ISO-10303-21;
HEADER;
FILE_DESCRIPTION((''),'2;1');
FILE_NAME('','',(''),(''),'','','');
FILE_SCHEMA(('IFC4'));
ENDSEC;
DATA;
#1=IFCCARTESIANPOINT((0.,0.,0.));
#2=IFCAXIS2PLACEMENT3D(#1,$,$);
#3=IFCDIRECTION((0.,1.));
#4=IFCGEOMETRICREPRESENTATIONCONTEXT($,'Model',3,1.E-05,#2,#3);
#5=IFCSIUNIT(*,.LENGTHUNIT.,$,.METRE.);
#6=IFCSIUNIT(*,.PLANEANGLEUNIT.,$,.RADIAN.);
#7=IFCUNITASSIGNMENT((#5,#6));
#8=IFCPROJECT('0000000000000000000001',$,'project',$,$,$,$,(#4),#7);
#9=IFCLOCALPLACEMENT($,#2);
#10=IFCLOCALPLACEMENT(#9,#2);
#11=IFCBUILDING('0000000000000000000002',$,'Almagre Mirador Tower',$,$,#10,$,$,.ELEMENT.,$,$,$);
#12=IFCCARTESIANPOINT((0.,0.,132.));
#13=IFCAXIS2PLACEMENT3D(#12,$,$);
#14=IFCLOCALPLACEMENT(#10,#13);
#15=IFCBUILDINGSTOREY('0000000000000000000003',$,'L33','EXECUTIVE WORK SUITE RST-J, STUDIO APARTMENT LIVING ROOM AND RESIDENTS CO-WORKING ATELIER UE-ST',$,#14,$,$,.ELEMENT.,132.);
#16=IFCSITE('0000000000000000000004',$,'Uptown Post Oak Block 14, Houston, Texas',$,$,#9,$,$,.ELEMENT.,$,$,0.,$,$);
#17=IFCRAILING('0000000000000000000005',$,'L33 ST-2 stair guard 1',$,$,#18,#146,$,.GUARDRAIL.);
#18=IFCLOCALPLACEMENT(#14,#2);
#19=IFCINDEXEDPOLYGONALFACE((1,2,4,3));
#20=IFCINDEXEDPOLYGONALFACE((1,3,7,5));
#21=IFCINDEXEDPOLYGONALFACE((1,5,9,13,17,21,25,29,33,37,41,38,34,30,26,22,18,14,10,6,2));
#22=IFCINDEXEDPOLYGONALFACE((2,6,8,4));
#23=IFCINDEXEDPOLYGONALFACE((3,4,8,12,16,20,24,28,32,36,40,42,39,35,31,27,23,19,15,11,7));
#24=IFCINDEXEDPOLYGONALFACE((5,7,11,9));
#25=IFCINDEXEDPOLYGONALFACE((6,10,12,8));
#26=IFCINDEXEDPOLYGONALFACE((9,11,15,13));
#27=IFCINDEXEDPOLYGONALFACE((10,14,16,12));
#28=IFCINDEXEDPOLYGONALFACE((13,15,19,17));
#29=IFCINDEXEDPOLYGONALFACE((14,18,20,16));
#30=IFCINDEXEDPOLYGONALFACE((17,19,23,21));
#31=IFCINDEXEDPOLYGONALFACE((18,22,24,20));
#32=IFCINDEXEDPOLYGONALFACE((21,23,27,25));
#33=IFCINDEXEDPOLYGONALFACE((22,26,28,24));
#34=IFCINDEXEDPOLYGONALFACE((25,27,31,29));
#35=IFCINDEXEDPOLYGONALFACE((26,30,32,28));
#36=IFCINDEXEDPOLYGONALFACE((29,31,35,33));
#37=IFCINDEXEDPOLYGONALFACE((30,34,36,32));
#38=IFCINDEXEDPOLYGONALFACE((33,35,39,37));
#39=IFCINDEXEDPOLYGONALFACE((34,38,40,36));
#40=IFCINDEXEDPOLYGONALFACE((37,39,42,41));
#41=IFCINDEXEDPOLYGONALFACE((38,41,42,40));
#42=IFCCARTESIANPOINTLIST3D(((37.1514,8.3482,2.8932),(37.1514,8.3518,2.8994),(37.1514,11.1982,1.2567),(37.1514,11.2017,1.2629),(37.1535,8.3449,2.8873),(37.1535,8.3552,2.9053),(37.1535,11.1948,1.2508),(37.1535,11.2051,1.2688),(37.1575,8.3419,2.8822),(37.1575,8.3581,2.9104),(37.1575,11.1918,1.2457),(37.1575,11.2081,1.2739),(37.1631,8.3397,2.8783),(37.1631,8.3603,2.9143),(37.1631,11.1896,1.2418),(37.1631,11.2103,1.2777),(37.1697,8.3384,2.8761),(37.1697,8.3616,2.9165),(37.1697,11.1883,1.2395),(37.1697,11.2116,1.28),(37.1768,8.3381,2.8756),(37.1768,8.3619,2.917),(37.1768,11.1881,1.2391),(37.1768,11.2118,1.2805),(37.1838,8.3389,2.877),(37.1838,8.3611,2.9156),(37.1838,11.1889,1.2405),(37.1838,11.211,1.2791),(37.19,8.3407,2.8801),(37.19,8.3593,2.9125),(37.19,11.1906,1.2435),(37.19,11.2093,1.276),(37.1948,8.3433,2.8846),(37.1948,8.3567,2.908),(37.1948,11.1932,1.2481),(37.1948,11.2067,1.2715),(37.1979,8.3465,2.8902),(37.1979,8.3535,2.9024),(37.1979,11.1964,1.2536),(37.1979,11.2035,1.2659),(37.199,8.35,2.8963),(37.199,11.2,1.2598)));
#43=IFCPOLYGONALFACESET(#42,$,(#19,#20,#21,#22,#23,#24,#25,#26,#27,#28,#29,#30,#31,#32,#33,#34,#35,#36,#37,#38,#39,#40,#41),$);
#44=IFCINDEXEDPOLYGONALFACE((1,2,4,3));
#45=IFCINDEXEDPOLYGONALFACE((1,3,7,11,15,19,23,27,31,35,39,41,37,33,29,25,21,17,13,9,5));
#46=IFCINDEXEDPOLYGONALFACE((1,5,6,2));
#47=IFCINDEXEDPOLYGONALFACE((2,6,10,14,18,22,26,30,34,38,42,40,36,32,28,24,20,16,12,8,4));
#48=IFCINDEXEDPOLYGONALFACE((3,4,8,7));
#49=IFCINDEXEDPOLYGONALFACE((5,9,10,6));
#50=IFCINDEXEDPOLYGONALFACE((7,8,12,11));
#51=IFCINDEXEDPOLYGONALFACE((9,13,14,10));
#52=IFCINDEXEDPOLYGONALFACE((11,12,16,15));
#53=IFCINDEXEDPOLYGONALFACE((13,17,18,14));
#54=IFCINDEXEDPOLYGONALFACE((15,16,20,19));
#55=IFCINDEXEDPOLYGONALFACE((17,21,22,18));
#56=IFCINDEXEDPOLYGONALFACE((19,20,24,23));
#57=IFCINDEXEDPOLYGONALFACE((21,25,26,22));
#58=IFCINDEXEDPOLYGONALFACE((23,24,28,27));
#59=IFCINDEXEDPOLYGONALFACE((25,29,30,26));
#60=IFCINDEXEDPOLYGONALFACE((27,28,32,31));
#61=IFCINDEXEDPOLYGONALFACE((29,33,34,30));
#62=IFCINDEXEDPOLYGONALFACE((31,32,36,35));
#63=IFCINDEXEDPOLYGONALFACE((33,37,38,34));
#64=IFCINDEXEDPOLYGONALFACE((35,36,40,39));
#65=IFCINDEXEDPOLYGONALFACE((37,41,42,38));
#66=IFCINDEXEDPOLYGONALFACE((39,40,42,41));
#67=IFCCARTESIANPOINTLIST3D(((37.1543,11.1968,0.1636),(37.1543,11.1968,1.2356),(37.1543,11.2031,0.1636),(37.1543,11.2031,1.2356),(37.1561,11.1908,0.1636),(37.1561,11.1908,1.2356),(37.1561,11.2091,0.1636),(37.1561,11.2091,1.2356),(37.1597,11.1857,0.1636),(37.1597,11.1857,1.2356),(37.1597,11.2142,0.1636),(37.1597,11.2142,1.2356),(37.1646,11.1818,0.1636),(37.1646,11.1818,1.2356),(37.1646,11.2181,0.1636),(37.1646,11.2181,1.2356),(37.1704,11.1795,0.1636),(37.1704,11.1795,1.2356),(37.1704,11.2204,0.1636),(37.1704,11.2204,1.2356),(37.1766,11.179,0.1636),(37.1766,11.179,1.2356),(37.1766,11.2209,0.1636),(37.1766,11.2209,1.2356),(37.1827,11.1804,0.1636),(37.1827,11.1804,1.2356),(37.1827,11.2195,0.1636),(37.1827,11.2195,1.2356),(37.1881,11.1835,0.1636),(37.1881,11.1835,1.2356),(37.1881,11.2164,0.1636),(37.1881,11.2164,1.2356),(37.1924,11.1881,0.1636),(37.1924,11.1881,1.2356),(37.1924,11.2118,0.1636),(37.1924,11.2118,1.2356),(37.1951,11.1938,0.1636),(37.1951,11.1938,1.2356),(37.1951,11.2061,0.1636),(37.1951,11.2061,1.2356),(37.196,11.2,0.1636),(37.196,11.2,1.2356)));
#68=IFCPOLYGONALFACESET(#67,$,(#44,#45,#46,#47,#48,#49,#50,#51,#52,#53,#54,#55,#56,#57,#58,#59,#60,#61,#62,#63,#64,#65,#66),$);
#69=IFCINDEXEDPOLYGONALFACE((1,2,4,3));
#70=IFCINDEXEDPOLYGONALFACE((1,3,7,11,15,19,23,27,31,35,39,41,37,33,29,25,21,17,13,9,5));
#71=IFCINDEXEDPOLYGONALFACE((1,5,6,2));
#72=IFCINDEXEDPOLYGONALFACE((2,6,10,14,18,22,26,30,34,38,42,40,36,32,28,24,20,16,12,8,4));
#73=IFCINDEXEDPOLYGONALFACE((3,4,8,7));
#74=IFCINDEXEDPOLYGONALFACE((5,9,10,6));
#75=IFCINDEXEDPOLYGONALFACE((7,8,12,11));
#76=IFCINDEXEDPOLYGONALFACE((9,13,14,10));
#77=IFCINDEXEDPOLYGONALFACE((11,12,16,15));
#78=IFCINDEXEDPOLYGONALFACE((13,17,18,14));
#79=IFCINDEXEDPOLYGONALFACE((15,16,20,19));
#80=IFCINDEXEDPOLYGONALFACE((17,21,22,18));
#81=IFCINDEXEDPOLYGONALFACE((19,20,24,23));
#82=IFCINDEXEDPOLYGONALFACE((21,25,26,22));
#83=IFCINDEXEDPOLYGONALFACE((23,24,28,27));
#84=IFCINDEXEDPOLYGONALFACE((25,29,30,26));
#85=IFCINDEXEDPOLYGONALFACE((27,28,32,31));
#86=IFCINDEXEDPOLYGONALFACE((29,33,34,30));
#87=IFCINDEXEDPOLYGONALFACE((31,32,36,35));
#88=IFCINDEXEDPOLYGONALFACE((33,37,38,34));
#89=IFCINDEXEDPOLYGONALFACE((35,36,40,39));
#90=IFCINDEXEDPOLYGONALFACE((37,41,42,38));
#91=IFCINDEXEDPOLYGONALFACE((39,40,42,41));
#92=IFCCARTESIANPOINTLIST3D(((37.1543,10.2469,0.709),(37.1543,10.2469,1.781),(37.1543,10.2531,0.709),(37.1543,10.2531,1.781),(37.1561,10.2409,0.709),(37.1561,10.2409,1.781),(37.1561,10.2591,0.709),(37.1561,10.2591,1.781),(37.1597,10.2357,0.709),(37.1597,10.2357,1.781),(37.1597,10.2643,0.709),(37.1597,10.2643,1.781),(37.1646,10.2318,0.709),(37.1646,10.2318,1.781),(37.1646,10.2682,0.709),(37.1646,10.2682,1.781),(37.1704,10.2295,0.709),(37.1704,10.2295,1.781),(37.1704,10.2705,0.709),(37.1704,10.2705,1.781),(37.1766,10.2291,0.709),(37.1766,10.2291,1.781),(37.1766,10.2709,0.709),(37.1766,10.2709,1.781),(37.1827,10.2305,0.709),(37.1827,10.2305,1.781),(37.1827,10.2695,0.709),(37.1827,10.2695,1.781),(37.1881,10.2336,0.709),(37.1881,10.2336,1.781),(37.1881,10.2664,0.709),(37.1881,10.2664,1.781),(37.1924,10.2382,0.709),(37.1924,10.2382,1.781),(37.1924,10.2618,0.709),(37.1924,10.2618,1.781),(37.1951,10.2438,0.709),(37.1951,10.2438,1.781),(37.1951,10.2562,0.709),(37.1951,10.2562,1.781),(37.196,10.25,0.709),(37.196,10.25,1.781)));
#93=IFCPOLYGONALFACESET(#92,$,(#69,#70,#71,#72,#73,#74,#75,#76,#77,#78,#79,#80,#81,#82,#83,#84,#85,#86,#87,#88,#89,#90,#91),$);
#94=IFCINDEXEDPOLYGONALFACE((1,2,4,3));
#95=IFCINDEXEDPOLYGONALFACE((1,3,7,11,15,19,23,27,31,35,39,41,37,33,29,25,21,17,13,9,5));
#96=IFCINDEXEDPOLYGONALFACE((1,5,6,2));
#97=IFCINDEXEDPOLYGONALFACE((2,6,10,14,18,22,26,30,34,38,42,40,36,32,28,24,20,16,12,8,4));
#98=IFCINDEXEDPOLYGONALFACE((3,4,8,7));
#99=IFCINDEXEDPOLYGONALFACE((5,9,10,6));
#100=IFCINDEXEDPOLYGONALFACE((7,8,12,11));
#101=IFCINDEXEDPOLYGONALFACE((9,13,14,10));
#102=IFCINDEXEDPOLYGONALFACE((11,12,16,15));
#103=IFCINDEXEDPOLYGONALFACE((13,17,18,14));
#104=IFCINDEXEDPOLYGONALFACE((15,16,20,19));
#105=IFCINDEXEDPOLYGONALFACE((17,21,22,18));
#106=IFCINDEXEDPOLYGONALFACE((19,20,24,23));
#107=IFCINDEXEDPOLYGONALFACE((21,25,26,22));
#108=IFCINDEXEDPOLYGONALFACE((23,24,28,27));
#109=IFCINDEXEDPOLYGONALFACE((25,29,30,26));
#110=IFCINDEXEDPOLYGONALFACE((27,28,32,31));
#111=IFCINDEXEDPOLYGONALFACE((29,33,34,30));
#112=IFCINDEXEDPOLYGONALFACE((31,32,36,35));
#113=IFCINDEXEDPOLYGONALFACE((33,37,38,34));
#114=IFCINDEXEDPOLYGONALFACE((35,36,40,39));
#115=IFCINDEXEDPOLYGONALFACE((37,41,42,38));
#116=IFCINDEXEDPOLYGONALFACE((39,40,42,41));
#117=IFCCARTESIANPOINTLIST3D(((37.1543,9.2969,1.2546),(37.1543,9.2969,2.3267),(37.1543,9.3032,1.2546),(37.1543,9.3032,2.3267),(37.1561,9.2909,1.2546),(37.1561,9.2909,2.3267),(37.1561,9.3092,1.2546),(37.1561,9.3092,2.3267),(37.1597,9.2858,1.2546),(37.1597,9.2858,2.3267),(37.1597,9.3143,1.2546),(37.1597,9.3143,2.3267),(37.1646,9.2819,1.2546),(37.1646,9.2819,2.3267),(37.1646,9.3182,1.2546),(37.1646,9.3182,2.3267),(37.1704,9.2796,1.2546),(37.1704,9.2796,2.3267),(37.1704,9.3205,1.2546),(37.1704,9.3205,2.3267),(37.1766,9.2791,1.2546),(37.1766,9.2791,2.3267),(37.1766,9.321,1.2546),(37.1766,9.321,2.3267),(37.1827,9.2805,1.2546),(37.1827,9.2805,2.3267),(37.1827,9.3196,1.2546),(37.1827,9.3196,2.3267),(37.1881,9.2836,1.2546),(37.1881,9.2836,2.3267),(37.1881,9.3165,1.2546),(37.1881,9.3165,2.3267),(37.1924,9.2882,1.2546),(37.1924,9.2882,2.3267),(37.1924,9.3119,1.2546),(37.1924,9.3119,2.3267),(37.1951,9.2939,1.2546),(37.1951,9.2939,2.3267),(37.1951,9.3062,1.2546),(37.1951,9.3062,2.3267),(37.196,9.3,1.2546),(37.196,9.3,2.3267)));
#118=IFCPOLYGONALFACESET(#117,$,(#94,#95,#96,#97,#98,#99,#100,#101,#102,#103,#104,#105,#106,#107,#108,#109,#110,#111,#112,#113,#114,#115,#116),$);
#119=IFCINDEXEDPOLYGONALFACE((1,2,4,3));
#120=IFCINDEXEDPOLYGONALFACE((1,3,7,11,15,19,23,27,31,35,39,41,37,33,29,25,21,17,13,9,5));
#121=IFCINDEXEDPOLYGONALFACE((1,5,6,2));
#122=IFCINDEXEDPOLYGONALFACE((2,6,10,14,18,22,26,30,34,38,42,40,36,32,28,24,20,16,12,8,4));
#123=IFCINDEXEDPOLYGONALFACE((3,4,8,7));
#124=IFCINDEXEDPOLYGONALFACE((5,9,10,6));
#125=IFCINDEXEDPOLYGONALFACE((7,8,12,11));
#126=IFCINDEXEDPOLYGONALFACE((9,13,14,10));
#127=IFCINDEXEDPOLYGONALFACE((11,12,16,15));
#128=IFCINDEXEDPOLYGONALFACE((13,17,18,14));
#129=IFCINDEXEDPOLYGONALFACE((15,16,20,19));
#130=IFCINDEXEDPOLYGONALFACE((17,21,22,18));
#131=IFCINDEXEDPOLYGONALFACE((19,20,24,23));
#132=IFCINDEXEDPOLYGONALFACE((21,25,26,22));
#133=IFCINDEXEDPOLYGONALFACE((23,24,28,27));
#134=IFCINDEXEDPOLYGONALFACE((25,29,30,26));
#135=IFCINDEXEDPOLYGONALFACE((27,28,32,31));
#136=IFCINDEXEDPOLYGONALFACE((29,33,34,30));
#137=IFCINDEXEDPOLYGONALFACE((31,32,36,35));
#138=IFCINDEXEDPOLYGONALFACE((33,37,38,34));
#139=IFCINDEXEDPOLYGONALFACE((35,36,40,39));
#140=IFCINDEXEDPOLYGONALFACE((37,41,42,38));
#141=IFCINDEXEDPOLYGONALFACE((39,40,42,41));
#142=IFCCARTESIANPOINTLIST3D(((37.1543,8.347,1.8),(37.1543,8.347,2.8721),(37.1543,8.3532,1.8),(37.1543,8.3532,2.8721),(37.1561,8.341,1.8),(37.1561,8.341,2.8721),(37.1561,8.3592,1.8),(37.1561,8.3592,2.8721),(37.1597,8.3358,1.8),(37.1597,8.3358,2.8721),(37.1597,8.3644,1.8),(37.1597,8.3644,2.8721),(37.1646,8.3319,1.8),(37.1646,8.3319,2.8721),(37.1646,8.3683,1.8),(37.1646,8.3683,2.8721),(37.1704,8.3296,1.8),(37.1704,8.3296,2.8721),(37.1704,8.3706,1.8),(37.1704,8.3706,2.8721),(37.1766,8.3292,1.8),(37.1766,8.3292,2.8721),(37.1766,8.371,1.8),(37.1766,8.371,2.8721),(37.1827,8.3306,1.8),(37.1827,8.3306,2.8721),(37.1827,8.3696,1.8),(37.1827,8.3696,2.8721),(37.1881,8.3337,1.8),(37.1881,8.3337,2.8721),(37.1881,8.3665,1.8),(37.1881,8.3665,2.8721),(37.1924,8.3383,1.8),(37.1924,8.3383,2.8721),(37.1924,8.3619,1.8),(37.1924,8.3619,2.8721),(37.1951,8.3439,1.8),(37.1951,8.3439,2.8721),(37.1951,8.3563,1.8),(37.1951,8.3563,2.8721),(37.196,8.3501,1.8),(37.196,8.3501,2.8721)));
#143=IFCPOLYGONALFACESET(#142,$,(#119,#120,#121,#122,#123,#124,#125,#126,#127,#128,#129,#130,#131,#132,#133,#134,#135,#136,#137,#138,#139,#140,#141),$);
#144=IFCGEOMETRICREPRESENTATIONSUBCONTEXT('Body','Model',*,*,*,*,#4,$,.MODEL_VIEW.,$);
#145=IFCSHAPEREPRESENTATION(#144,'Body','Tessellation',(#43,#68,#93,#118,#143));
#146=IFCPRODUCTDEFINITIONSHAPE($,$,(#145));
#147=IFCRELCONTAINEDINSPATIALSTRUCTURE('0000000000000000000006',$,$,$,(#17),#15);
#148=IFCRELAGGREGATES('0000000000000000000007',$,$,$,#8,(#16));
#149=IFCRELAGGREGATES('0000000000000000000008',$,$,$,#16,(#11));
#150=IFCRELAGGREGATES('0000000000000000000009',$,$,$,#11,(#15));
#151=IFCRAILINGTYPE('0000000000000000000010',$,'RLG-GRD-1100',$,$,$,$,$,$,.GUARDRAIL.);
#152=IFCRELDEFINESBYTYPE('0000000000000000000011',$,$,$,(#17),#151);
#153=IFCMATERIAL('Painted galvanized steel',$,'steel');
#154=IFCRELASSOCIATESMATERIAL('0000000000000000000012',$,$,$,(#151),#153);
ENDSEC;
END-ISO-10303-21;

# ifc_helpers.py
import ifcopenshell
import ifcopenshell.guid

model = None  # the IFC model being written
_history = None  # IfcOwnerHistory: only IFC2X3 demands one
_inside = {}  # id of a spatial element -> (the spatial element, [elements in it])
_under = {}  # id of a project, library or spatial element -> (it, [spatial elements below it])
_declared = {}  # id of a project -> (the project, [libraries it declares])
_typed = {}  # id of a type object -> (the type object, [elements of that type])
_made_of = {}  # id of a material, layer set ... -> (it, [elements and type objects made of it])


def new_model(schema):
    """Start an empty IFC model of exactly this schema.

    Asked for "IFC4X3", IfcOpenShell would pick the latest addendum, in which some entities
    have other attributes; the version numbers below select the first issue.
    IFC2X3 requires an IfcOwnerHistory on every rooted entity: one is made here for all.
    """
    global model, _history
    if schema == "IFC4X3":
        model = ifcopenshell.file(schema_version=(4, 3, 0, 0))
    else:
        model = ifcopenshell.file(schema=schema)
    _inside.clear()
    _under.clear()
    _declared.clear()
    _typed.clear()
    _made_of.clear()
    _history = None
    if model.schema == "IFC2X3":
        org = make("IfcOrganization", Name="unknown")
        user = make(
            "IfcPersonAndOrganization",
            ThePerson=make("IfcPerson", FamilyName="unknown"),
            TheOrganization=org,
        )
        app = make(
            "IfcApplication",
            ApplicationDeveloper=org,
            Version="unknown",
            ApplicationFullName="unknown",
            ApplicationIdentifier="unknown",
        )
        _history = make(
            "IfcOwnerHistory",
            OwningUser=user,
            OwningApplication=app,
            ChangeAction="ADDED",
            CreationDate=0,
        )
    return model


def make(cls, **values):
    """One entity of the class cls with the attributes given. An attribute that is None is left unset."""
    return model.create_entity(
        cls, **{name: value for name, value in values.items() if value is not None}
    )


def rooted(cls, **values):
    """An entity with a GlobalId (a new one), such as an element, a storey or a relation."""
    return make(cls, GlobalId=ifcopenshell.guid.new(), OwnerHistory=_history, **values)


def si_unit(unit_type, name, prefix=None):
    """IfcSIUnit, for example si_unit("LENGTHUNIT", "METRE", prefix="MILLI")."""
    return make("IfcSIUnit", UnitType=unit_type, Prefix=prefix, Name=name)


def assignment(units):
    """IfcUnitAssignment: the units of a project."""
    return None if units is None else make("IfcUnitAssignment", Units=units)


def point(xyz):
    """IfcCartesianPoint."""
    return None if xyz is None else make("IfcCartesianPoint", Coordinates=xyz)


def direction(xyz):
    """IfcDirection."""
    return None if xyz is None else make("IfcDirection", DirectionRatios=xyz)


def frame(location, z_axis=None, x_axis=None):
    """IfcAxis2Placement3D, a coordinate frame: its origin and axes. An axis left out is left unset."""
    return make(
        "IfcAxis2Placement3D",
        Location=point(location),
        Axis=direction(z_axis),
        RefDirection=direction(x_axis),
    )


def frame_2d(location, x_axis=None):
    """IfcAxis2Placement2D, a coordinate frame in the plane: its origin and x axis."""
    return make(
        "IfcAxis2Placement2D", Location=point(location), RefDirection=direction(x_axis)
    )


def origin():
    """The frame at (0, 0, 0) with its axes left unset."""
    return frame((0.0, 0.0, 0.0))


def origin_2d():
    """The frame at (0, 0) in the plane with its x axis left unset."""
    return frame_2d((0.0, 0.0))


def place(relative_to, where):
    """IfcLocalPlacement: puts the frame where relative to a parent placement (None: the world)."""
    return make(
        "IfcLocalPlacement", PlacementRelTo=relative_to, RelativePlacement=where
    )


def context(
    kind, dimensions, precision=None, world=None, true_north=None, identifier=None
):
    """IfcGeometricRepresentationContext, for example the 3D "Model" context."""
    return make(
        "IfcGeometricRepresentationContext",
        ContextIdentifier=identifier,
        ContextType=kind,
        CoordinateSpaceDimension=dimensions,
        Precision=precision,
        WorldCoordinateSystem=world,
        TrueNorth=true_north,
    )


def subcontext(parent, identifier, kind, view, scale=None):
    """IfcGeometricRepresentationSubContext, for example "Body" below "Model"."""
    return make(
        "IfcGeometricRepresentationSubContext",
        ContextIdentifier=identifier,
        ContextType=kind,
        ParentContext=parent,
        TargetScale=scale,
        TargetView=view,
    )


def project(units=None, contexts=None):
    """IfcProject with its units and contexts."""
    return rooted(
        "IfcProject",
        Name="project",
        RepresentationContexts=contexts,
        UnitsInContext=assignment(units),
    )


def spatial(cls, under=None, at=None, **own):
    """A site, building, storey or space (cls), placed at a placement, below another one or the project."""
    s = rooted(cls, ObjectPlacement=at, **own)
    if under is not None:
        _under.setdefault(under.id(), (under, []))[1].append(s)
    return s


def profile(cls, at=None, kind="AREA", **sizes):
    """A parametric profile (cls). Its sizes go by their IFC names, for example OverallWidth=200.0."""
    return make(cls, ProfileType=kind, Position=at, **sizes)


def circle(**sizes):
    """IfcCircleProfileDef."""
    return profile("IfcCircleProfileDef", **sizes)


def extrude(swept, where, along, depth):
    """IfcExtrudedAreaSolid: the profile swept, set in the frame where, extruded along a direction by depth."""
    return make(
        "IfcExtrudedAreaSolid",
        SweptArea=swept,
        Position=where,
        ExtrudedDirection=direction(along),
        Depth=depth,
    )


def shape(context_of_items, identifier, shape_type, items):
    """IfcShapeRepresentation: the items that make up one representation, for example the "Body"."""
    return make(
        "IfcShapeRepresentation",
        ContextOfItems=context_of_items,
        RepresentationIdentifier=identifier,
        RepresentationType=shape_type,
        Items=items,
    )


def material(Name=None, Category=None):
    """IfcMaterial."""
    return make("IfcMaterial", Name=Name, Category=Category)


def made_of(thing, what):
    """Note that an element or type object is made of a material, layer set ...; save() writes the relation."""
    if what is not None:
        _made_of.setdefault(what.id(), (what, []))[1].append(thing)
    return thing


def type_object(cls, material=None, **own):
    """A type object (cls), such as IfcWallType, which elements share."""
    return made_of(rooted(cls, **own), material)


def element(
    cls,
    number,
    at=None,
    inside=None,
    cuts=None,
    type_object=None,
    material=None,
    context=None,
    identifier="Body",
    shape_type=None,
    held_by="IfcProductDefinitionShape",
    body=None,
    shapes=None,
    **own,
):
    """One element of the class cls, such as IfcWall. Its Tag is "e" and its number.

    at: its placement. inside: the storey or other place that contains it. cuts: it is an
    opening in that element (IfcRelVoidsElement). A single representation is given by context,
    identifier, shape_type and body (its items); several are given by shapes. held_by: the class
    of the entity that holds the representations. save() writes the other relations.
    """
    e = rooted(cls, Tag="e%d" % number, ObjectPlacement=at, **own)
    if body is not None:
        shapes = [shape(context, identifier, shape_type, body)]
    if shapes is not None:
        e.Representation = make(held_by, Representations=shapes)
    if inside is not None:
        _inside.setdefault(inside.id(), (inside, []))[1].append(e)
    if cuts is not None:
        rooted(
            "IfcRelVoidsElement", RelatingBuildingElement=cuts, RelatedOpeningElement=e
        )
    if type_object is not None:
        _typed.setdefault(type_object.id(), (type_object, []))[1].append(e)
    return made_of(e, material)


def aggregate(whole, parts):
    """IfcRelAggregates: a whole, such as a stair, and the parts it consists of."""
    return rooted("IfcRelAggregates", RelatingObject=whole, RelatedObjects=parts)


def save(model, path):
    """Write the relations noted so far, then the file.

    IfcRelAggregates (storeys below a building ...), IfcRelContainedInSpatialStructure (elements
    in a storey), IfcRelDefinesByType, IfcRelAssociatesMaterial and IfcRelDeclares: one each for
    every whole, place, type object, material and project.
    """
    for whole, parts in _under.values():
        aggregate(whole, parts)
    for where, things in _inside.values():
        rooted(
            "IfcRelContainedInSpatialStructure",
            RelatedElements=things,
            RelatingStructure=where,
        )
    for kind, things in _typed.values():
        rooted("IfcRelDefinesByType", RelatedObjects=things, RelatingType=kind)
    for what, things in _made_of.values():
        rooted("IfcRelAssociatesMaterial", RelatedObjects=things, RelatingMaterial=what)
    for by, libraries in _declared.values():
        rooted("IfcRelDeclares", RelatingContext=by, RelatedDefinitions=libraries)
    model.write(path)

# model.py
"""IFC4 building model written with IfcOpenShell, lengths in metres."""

from ifc_helpers import new_model, si_unit, direction, frame, origin, origin_2d, place, context, subcontext, project, spatial, circle, extrude, material, type_object, element, save


model = new_model("IFC4")

# Units and contexts
model_context = context("Model", 3, precision=1e-05, world=origin(), true_north=direction((0.0, 1.0)))
body_context = subcontext(model_context, "Body", "Model", "MODEL_VIEW")
ifc_project = project(units=[si_unit("LENGTHUNIT", "METRE"), si_unit("PLANEANGLEUNIT", "RADIAN")], contexts=[model_context])

# Site, building, storey
site_placement = place(None, origin())
site = spatial("IfcSite", under=ifc_project, at=site_placement, Name="Uptown Post Oak Block 14, Houston, Texas", CompositionType="ELEMENT", RefElevation=0.0)
building_placement = place(site_placement, origin())
building = spatial("IfcBuilding", under=site, at=building_placement, Name="Almagre Mirador Tower", CompositionType="ELEMENT")
storey_placement = place(building_placement, frame((0.0, 0.0, 132.0)))
storey = spatial("IfcBuildingStorey", under=building, at=storey_placement, Name="L33", Description="EXECUTIVE WORK SUITE RST-J, STUDIO APARTMENT LIVING ROOM AND RESIDENTS CO-WORKING ATELIER UE-ST", CompositionType="ELEMENT", Elevation=132.0)

# Railing
ifc_material_1 = material(Name="Painted galvanized steel", Category="steel")
railing_type_1 = type_object("IfcRailingType", Name="RLG-GRD-1100", PredefinedType="GUARDRAIL", material=ifc_material_1)
railing_1_placement = place(storey_placement, frame((37.175, 11.2, 0.1636)))
element("IfcRailing", 1, at=railing_1_placement, inside=storey, type_object=railing_type_1, Name="L33 ST-2 stair guard 1", PredefinedType="GUARDRAIL", context=body_context, shape_type="SweptSolid", body=[
    extrude(circle(Radius=0.0239, at=origin_2d()), frame((0.0, 0.0, 1.0962), z_axis=(0.0, -0.867194, 0.49797), x_axis=(1.0, 0.0, 0.0)), (0.0, 0.0, 1.0), 3.2864),
    extrude(circle(Radius=0.021, at=origin_2d()), origin(), (0.0, 0.0, 1.0), 1.072),
    extrude(circle(Radius=0.021, at=origin_2d()), frame((0.0, -0.95, 0.5454)), (0.0, 0.0, 1.0), 1.072),
    extrude(circle(Radius=0.021, at=origin_2d()), frame((0.0, -1.8999, 1.0911)), (0.0, 0.0, 1.0), 1.072),
    extrude(circle(Radius=0.021, at=origin_2d()), frame((0.0, -2.8499, 1.6365)), (0.0, 0.0, 1.0), 1.072),
])

save(model, "model.ifc")
